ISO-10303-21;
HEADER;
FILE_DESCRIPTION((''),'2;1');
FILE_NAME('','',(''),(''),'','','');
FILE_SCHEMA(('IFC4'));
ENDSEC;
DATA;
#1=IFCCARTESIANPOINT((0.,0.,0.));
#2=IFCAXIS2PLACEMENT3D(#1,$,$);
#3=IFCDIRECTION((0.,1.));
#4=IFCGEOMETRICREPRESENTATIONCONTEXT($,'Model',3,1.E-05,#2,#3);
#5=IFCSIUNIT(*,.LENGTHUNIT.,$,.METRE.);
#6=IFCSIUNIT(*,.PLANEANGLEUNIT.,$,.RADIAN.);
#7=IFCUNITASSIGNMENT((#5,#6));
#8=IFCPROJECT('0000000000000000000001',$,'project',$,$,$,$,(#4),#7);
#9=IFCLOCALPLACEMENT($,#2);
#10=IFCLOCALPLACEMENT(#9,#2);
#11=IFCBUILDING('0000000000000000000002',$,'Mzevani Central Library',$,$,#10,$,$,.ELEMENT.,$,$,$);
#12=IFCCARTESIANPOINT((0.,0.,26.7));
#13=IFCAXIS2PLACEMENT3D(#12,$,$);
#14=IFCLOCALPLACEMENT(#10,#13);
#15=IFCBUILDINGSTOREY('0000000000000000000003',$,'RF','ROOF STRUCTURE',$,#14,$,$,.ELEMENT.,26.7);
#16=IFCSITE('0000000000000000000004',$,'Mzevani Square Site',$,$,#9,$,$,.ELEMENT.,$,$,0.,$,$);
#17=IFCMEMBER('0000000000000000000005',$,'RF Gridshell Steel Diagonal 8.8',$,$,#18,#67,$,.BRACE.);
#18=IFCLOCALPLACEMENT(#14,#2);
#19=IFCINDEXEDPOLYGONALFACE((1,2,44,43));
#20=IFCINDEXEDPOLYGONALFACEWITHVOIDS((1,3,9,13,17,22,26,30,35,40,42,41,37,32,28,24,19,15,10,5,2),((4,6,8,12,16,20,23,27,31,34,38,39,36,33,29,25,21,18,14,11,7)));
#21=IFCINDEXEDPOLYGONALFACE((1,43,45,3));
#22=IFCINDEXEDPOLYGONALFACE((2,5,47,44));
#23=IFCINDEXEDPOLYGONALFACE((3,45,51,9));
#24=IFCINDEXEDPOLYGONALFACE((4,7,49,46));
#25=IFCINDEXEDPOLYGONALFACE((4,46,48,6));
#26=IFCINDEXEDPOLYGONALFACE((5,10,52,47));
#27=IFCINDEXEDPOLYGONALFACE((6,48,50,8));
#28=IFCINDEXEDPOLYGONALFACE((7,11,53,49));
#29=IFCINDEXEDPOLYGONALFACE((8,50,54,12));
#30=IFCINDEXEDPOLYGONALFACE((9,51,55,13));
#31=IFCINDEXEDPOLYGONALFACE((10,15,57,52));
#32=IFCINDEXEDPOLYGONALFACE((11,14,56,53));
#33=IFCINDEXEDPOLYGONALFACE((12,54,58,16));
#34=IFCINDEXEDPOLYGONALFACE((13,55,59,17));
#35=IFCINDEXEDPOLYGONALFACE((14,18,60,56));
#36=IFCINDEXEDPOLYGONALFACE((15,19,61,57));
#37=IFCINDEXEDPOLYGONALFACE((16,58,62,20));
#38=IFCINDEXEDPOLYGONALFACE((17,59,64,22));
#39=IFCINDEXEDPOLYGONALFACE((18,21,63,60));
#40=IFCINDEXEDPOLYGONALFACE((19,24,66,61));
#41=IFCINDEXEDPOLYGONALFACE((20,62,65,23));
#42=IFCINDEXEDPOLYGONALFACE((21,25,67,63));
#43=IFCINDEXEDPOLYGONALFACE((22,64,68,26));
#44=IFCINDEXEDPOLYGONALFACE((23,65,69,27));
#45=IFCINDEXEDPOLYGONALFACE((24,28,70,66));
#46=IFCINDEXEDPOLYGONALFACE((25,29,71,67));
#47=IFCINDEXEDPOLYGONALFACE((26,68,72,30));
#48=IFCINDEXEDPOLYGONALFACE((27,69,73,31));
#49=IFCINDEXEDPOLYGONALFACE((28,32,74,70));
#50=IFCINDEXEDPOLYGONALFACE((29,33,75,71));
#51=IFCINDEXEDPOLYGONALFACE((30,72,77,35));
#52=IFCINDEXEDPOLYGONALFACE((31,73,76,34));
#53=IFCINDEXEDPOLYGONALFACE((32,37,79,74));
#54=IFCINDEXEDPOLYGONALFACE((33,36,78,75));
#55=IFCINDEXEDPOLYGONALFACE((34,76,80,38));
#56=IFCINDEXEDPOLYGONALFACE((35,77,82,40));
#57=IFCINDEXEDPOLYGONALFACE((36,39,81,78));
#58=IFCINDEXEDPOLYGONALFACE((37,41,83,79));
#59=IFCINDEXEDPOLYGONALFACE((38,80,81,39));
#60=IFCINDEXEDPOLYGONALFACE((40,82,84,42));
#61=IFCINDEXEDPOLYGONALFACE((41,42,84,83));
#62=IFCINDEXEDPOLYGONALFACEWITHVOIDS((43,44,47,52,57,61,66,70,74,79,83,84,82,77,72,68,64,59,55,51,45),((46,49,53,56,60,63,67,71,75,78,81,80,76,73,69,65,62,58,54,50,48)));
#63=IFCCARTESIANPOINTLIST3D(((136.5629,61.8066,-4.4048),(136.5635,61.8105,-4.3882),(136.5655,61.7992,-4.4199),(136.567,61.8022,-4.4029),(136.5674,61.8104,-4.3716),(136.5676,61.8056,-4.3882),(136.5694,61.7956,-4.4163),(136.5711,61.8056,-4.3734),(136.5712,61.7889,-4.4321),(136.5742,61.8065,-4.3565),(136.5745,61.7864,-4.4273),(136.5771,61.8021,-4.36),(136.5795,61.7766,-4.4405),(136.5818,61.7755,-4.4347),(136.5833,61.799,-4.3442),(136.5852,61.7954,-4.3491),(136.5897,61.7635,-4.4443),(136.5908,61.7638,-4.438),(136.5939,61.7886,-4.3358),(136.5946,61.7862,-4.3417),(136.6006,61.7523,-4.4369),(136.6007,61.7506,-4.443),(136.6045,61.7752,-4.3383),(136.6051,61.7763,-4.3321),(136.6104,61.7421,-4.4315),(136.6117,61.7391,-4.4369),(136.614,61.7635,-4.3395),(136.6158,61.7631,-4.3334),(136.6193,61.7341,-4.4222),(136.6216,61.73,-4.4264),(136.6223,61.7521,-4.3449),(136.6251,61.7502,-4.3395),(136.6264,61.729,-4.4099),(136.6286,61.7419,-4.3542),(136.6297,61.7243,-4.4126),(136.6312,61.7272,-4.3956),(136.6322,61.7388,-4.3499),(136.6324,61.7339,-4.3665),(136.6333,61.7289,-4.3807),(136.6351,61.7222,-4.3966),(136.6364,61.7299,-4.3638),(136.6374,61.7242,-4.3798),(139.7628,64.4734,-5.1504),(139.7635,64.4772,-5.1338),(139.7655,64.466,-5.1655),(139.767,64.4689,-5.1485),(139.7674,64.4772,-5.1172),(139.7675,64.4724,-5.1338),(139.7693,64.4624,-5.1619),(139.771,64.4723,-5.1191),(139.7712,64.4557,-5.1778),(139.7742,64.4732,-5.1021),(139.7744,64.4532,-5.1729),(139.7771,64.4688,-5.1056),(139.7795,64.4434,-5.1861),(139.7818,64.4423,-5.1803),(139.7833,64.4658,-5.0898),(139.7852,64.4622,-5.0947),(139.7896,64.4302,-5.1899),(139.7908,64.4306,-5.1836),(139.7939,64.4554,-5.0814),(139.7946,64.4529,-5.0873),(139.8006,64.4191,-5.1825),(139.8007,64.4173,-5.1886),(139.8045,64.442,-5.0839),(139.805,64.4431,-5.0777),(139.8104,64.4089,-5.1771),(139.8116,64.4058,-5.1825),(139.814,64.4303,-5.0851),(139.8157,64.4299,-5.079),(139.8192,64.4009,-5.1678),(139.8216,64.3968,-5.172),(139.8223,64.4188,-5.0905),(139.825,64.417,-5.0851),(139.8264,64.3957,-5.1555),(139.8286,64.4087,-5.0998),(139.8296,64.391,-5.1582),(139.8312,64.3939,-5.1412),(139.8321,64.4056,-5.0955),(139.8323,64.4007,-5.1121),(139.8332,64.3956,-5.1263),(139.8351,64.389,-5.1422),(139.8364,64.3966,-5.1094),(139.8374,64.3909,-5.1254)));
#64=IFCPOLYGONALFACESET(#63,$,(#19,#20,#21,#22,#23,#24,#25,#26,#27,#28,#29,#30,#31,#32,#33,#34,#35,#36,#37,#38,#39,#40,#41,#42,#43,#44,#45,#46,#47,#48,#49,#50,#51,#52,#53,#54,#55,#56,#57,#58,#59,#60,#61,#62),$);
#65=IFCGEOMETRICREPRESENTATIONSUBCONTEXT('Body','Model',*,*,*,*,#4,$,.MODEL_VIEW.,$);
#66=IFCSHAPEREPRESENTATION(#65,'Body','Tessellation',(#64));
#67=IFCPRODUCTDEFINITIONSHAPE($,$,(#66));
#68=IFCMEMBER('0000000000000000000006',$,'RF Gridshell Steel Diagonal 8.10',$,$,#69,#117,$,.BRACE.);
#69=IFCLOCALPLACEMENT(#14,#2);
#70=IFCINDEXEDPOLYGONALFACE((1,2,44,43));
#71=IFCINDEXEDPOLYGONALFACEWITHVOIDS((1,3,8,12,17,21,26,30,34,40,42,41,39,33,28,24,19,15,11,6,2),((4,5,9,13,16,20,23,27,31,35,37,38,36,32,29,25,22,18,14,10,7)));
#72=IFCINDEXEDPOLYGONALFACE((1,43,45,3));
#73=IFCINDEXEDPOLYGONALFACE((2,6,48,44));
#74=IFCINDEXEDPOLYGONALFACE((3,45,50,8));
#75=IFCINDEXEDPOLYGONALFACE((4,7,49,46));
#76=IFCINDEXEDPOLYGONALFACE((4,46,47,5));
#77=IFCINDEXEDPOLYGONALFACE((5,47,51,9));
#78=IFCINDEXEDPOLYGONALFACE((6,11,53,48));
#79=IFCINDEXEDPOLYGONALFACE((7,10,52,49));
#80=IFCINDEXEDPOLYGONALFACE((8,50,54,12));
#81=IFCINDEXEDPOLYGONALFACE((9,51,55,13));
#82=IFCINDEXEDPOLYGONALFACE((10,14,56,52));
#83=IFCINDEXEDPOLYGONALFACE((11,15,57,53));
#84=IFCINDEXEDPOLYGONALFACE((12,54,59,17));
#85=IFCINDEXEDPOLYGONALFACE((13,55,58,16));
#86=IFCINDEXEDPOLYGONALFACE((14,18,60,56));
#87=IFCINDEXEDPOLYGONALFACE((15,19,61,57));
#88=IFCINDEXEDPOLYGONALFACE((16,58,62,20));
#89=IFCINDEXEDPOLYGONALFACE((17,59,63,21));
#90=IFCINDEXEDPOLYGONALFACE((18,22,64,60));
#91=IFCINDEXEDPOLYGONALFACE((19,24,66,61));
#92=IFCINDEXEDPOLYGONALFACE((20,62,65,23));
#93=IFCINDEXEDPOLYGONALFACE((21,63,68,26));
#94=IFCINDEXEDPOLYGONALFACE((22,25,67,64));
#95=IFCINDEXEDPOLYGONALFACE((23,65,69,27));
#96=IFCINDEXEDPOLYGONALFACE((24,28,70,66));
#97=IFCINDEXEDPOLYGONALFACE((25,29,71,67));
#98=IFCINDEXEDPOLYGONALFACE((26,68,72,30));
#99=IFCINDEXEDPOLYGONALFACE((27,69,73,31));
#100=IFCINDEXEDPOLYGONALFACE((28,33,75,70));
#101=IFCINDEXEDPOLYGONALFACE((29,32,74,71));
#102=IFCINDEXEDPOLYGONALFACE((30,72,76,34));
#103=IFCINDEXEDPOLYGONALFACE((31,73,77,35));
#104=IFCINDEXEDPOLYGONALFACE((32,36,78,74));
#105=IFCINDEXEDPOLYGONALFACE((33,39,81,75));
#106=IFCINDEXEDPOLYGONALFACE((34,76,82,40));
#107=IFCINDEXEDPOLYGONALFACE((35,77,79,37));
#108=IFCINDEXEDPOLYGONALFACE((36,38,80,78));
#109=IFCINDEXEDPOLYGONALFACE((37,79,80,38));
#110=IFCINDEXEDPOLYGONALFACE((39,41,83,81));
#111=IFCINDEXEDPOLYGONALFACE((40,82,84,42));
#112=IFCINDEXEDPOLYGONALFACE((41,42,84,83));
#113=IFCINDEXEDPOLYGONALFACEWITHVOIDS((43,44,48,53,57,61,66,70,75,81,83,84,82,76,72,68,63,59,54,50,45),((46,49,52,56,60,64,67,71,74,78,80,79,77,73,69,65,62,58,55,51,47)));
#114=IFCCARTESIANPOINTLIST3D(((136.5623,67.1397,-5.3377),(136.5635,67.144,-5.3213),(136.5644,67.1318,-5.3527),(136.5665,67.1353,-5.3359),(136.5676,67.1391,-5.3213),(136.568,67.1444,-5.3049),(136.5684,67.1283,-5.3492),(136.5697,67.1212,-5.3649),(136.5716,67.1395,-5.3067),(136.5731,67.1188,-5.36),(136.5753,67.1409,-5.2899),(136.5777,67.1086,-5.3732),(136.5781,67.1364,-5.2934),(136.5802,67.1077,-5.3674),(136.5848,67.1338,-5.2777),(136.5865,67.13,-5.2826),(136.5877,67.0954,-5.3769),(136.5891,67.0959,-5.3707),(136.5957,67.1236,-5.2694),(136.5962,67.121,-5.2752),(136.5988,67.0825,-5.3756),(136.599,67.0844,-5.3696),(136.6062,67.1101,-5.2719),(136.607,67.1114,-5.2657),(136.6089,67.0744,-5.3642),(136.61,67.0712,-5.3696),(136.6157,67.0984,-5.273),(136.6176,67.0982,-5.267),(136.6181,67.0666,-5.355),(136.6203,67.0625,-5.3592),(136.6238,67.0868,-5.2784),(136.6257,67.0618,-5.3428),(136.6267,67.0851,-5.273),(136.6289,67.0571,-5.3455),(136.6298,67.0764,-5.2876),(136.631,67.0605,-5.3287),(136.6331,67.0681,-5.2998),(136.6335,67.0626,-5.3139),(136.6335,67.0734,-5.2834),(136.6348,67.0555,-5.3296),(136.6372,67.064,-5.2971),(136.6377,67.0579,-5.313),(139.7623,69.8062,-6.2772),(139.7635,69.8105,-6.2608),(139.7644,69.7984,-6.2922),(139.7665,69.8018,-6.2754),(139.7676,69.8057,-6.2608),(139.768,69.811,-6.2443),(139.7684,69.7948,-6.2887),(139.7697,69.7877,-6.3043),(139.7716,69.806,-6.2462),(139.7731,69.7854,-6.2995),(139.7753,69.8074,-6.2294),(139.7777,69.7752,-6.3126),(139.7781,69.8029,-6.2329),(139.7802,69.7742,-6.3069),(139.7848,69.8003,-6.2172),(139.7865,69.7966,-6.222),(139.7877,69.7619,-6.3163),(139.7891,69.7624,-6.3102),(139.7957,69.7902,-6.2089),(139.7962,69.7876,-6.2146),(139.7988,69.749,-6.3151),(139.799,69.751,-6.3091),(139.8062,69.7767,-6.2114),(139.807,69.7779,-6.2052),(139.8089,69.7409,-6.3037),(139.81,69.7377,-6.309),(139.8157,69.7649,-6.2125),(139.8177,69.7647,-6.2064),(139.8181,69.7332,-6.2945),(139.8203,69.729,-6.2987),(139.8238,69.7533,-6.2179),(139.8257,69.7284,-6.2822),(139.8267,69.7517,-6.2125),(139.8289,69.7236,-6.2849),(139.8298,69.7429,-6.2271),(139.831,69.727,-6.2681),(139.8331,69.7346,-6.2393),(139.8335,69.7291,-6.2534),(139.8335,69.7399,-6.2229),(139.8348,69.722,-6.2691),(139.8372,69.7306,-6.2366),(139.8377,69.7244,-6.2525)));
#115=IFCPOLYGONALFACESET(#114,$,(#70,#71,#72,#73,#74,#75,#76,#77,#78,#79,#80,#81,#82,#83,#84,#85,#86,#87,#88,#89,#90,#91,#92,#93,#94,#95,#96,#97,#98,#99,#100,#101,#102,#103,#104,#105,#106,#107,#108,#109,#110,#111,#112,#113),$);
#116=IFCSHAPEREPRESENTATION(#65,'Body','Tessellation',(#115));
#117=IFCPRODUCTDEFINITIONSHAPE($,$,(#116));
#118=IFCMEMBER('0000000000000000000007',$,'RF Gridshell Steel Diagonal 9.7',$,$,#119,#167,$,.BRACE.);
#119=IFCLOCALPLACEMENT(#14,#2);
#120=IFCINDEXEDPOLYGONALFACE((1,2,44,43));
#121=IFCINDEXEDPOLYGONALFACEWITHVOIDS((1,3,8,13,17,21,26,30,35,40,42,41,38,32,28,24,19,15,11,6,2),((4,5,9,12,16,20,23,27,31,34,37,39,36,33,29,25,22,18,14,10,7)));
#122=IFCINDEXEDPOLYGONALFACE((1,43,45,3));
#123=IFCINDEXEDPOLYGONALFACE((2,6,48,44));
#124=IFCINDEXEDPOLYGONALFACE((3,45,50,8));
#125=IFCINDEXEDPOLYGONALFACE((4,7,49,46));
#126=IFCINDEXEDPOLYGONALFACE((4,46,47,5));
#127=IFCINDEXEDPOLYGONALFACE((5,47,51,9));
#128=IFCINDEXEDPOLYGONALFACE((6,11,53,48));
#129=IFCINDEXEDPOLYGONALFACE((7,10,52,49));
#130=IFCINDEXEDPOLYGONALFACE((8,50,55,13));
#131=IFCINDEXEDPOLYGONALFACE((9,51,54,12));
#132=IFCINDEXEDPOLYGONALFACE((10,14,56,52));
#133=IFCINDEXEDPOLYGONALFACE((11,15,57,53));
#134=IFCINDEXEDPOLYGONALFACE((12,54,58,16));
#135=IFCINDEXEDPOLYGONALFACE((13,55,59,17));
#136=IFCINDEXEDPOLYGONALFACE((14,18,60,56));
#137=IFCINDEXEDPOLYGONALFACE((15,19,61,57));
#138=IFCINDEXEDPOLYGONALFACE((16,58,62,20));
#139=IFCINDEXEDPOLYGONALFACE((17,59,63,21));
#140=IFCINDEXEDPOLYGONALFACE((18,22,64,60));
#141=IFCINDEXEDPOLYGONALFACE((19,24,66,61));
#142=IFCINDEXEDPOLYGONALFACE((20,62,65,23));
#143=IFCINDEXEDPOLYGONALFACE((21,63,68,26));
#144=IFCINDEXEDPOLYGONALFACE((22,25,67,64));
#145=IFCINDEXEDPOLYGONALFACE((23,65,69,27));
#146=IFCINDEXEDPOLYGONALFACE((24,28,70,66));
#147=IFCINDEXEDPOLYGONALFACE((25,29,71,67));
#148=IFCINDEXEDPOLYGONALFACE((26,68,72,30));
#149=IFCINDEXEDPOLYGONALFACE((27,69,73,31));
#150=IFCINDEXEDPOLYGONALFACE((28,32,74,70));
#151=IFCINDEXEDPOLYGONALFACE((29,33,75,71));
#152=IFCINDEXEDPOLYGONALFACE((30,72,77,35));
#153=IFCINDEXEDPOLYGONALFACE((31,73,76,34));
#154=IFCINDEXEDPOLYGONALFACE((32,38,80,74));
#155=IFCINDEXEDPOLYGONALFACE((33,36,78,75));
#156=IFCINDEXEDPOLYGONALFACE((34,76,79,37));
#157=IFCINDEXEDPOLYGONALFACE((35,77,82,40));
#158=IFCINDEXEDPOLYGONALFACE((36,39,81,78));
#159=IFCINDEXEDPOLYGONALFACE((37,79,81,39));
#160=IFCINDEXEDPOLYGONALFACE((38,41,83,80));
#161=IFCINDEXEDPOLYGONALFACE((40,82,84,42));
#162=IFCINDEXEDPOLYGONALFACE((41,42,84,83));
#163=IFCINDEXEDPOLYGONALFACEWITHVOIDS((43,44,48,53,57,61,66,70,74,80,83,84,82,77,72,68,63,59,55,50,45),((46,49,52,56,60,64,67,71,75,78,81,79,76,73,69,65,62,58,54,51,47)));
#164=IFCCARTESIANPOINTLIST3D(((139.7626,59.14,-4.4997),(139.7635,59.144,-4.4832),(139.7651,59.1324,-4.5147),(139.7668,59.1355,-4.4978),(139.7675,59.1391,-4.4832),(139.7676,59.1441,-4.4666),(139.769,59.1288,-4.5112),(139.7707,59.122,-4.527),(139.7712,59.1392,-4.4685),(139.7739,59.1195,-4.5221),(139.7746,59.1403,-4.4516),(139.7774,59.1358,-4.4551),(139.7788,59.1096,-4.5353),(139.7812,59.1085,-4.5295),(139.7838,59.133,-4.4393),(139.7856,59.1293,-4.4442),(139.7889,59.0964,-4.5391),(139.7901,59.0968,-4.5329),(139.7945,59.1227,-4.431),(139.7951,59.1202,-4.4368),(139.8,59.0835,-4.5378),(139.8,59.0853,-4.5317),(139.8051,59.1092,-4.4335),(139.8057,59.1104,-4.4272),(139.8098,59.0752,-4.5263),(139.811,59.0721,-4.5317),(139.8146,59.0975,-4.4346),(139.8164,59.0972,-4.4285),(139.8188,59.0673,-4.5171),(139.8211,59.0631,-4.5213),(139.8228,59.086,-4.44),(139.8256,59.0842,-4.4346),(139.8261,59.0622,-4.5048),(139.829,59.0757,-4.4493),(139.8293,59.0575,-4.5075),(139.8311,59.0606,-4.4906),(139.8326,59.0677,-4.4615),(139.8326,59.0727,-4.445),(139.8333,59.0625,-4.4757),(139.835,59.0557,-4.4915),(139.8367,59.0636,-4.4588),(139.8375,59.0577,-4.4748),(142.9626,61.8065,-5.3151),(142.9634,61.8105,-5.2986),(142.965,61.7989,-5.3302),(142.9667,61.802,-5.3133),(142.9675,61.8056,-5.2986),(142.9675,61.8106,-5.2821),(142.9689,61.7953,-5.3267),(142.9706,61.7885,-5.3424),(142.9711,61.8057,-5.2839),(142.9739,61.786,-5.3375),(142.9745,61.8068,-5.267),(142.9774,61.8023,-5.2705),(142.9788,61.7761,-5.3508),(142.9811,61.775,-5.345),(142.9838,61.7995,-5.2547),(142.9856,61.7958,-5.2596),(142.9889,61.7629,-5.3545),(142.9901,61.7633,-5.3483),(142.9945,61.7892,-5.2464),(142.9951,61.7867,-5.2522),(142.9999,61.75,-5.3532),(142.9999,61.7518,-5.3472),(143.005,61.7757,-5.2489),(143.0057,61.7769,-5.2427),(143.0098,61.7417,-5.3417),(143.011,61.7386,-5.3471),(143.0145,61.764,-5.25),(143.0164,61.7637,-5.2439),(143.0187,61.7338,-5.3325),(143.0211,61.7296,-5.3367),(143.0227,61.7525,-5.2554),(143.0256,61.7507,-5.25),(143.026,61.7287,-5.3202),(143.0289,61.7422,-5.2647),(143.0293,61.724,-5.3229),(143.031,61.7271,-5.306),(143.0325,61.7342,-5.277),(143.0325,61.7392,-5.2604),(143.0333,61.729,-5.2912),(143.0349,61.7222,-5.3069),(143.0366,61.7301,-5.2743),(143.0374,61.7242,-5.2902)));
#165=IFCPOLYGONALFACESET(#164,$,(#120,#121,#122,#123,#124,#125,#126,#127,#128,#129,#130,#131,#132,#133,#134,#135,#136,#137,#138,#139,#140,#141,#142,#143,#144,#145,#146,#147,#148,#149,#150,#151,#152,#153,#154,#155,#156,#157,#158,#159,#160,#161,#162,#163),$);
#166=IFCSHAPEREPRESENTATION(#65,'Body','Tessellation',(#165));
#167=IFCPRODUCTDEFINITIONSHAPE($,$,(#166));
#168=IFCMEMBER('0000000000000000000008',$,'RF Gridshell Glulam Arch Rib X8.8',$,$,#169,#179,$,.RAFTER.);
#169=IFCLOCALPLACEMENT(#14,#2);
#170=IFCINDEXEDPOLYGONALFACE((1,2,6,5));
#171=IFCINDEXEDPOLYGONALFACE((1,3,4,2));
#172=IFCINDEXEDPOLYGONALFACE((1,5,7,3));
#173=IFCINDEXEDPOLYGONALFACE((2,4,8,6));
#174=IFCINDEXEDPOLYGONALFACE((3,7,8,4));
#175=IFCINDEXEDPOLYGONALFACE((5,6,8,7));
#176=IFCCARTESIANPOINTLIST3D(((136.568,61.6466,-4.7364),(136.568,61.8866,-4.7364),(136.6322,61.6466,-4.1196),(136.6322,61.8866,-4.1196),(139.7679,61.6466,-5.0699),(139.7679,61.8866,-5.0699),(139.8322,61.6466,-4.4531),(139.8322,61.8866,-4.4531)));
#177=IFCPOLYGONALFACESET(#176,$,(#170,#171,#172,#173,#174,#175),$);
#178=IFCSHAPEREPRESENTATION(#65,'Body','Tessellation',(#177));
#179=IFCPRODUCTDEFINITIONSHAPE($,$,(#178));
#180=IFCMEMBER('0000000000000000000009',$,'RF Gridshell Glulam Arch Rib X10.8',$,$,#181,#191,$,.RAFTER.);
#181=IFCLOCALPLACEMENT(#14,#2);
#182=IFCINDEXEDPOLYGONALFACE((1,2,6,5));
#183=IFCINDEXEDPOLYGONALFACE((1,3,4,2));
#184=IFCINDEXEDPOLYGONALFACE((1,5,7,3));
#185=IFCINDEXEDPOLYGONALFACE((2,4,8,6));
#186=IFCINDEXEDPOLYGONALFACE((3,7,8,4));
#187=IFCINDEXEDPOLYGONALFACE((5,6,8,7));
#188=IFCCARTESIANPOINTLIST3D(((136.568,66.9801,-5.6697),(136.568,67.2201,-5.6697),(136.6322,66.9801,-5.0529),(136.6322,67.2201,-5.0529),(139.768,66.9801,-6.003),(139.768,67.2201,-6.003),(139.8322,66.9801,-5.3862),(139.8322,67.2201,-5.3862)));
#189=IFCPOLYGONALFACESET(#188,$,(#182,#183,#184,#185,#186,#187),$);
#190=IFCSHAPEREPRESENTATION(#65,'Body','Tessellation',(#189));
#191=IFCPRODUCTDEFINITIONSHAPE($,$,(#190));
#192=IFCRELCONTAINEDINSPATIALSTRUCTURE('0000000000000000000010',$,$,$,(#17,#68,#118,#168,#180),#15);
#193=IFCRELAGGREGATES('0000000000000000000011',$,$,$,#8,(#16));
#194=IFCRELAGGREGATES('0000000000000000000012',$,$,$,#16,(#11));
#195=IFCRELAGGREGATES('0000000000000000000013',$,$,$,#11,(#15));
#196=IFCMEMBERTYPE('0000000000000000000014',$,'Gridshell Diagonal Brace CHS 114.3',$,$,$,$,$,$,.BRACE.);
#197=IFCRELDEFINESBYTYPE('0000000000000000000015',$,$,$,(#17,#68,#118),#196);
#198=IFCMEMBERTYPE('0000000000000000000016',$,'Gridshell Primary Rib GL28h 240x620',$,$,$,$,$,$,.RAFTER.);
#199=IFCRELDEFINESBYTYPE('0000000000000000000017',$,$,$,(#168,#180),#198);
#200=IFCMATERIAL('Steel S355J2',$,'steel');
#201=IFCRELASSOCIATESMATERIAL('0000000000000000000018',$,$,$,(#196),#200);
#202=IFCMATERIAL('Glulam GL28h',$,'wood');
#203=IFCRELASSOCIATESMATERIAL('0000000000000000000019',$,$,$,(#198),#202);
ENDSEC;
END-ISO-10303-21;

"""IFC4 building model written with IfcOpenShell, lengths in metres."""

from ifc_helpers import new_model, si_unit, direction, frame, origin, origin_2d, place, context, subcontext, project, spatial, rectangle, hollow_circle, extrude, material, material_profile, profile_set, type_object, element, save


model = new_model("IFC4")

# Units and contexts
model_context = context("Model", 3, precision=1e-05, world=origin(), true_north=direction((0.0, 1.0)))
body_context = subcontext(model_context, "Body", "Model", "MODEL_VIEW")
ifc_project = project(units=[si_unit("LENGTHUNIT", "METRE"), si_unit("PLANEANGLEUNIT", "RADIAN")], contexts=[model_context])

# Site, building, storey
site_placement = place(None, origin())
site = spatial("IfcSite", under=ifc_project, at=site_placement, Name="Mzevani Square Site", CompositionType="ELEMENT", RefElevation=0.0)
building_placement = place(site_placement, origin())
building = spatial("IfcBuilding", under=site, at=building_placement, Name="Mzevani Central Library", CompositionType="ELEMENT")
storey_placement = place(building_placement, frame((0.0, 0.0, 26.7)))
storey = spatial("IfcBuildingStorey", under=building, at=storey_placement, Name="RF", Description="ROOF STRUCTURE", CompositionType="ELEMENT", Elevation=26.7)

# Members
ifc_material_1 = material(Name="Steel S355J2", Category="steel")
ifc_material_profile_1 = material_profile(ifc_material_1, hollow_circle(Radius=0.0571, WallThickness=0.0063, at=origin_2d()), Name="CHS 114.3x6.3")
ifc_profile_set_1 = profile_set([ifc_material_profile_1], Name="Steel S355J2")
member_type_1 = type_object("IfcMemberType", Name="Gridshell Diagonal Brace CHS 114.3", PredefinedType="BRACE", material=ifc_profile_set_1)
member_1_placement = place(storey_placement, frame((136.6001, 61.7666, -4.3882), z_axis=(0.756188, 0.630186, -0.176196), x_axis=(-0.640202, 0.768207, 0.0)))
element("IfcMember", 1, at=member_1_placement, inside=storey, type_object=member_type_1, Name="RF Gridshell Steel Diagonal 8.8", PredefinedType="BRACE", context=body_context, shape_type="SweptSolid", body=[
    extrude(hollow_circle(Radius=0.0571, WallThickness=0.0063, at=origin_2d()), origin(), (0.0, 0.0, 1.0), 4.2317),
])
member_2_placement = place(storey_placement, frame((136.6001, 67.1001, -5.3213), z_axis=(0.749411, 0.624481, -0.220015), x_axis=(-0.640167, 0.768236, 0.0)))
element("IfcMember", 2, at=member_2_placement, inside=storey, type_object=member_type_1, Name="RF Gridshell Steel Diagonal 8.10", PredefinedType="BRACE", context=body_context, shape_type="SweptSolid", body=[
    extrude(hollow_circle(Radius=0.0571, WallThickness=0.0063, at=origin_2d()), origin(), (0.0, 0.0, 1.0), 4.27),
])
member_3_placement = place(storey_placement, frame((139.8, 59.1001, -4.4832), z_axis=(0.753925, 0.628242, -0.192119), x_axis=(-0.640167, 0.768236, 0.0)))
element("IfcMember", 3, at=member_3_placement, inside=storey, type_object=member_type_1, Name="RF Gridshell Steel Diagonal 9.7", PredefinedType="BRACE", context=body_context, shape_type="SweptSolid", body=[
    extrude(hollow_circle(Radius=0.0571, WallThickness=0.0063, at=origin_2d()), origin(), (0.0, 0.0, 1.0), 4.2444),
])
ifc_material_2 = material(Name="Glulam GL28h", Category="wood")
ifc_material_profile_2 = material_profile(ifc_material_2, rectangle(XDim=0.24, YDim=0.6201, at=origin_2d()), Name="GL28h 240x620")
ifc_profile_set_2 = profile_set([ifc_material_profile_2], Name="Glulam GL28h")
member_type_2 = type_object("IfcMemberType", Name="Gridshell Primary Rib GL28h 240x620", PredefinedType="RAFTER", material=ifc_profile_set_2)
for number, where, z_axis, x_axis, name in (
    (4, (136.6001, 61.7666, -4.428), (0.994613, 0.0, -0.103658), (0.0, 1.0, 0.0), "RF Gridshell Glulam Arch Rib X8.8"),
    (5, (136.6001, 67.1001, -5.3613), (0.994621, 0.0, -0.103583), (0.0, 1.0, 0.0), "RF Gridshell Glulam Arch Rib X10.8"),
):
    element("IfcMember", number, at=place(storey_placement, frame(where, z_axis=z_axis, x_axis=x_axis)), inside=storey, type_object=member_type_2, Name=name, PredefinedType="RAFTER", context=body_context, shape_type="SweptSolid", body=[
        extrude(rectangle(XDim=0.24, YDim=0.6201, at=origin_2d()), origin(), (0.0, 0.0, 1.0), 3.2173),
    ])

save(model, "model.ifc")
